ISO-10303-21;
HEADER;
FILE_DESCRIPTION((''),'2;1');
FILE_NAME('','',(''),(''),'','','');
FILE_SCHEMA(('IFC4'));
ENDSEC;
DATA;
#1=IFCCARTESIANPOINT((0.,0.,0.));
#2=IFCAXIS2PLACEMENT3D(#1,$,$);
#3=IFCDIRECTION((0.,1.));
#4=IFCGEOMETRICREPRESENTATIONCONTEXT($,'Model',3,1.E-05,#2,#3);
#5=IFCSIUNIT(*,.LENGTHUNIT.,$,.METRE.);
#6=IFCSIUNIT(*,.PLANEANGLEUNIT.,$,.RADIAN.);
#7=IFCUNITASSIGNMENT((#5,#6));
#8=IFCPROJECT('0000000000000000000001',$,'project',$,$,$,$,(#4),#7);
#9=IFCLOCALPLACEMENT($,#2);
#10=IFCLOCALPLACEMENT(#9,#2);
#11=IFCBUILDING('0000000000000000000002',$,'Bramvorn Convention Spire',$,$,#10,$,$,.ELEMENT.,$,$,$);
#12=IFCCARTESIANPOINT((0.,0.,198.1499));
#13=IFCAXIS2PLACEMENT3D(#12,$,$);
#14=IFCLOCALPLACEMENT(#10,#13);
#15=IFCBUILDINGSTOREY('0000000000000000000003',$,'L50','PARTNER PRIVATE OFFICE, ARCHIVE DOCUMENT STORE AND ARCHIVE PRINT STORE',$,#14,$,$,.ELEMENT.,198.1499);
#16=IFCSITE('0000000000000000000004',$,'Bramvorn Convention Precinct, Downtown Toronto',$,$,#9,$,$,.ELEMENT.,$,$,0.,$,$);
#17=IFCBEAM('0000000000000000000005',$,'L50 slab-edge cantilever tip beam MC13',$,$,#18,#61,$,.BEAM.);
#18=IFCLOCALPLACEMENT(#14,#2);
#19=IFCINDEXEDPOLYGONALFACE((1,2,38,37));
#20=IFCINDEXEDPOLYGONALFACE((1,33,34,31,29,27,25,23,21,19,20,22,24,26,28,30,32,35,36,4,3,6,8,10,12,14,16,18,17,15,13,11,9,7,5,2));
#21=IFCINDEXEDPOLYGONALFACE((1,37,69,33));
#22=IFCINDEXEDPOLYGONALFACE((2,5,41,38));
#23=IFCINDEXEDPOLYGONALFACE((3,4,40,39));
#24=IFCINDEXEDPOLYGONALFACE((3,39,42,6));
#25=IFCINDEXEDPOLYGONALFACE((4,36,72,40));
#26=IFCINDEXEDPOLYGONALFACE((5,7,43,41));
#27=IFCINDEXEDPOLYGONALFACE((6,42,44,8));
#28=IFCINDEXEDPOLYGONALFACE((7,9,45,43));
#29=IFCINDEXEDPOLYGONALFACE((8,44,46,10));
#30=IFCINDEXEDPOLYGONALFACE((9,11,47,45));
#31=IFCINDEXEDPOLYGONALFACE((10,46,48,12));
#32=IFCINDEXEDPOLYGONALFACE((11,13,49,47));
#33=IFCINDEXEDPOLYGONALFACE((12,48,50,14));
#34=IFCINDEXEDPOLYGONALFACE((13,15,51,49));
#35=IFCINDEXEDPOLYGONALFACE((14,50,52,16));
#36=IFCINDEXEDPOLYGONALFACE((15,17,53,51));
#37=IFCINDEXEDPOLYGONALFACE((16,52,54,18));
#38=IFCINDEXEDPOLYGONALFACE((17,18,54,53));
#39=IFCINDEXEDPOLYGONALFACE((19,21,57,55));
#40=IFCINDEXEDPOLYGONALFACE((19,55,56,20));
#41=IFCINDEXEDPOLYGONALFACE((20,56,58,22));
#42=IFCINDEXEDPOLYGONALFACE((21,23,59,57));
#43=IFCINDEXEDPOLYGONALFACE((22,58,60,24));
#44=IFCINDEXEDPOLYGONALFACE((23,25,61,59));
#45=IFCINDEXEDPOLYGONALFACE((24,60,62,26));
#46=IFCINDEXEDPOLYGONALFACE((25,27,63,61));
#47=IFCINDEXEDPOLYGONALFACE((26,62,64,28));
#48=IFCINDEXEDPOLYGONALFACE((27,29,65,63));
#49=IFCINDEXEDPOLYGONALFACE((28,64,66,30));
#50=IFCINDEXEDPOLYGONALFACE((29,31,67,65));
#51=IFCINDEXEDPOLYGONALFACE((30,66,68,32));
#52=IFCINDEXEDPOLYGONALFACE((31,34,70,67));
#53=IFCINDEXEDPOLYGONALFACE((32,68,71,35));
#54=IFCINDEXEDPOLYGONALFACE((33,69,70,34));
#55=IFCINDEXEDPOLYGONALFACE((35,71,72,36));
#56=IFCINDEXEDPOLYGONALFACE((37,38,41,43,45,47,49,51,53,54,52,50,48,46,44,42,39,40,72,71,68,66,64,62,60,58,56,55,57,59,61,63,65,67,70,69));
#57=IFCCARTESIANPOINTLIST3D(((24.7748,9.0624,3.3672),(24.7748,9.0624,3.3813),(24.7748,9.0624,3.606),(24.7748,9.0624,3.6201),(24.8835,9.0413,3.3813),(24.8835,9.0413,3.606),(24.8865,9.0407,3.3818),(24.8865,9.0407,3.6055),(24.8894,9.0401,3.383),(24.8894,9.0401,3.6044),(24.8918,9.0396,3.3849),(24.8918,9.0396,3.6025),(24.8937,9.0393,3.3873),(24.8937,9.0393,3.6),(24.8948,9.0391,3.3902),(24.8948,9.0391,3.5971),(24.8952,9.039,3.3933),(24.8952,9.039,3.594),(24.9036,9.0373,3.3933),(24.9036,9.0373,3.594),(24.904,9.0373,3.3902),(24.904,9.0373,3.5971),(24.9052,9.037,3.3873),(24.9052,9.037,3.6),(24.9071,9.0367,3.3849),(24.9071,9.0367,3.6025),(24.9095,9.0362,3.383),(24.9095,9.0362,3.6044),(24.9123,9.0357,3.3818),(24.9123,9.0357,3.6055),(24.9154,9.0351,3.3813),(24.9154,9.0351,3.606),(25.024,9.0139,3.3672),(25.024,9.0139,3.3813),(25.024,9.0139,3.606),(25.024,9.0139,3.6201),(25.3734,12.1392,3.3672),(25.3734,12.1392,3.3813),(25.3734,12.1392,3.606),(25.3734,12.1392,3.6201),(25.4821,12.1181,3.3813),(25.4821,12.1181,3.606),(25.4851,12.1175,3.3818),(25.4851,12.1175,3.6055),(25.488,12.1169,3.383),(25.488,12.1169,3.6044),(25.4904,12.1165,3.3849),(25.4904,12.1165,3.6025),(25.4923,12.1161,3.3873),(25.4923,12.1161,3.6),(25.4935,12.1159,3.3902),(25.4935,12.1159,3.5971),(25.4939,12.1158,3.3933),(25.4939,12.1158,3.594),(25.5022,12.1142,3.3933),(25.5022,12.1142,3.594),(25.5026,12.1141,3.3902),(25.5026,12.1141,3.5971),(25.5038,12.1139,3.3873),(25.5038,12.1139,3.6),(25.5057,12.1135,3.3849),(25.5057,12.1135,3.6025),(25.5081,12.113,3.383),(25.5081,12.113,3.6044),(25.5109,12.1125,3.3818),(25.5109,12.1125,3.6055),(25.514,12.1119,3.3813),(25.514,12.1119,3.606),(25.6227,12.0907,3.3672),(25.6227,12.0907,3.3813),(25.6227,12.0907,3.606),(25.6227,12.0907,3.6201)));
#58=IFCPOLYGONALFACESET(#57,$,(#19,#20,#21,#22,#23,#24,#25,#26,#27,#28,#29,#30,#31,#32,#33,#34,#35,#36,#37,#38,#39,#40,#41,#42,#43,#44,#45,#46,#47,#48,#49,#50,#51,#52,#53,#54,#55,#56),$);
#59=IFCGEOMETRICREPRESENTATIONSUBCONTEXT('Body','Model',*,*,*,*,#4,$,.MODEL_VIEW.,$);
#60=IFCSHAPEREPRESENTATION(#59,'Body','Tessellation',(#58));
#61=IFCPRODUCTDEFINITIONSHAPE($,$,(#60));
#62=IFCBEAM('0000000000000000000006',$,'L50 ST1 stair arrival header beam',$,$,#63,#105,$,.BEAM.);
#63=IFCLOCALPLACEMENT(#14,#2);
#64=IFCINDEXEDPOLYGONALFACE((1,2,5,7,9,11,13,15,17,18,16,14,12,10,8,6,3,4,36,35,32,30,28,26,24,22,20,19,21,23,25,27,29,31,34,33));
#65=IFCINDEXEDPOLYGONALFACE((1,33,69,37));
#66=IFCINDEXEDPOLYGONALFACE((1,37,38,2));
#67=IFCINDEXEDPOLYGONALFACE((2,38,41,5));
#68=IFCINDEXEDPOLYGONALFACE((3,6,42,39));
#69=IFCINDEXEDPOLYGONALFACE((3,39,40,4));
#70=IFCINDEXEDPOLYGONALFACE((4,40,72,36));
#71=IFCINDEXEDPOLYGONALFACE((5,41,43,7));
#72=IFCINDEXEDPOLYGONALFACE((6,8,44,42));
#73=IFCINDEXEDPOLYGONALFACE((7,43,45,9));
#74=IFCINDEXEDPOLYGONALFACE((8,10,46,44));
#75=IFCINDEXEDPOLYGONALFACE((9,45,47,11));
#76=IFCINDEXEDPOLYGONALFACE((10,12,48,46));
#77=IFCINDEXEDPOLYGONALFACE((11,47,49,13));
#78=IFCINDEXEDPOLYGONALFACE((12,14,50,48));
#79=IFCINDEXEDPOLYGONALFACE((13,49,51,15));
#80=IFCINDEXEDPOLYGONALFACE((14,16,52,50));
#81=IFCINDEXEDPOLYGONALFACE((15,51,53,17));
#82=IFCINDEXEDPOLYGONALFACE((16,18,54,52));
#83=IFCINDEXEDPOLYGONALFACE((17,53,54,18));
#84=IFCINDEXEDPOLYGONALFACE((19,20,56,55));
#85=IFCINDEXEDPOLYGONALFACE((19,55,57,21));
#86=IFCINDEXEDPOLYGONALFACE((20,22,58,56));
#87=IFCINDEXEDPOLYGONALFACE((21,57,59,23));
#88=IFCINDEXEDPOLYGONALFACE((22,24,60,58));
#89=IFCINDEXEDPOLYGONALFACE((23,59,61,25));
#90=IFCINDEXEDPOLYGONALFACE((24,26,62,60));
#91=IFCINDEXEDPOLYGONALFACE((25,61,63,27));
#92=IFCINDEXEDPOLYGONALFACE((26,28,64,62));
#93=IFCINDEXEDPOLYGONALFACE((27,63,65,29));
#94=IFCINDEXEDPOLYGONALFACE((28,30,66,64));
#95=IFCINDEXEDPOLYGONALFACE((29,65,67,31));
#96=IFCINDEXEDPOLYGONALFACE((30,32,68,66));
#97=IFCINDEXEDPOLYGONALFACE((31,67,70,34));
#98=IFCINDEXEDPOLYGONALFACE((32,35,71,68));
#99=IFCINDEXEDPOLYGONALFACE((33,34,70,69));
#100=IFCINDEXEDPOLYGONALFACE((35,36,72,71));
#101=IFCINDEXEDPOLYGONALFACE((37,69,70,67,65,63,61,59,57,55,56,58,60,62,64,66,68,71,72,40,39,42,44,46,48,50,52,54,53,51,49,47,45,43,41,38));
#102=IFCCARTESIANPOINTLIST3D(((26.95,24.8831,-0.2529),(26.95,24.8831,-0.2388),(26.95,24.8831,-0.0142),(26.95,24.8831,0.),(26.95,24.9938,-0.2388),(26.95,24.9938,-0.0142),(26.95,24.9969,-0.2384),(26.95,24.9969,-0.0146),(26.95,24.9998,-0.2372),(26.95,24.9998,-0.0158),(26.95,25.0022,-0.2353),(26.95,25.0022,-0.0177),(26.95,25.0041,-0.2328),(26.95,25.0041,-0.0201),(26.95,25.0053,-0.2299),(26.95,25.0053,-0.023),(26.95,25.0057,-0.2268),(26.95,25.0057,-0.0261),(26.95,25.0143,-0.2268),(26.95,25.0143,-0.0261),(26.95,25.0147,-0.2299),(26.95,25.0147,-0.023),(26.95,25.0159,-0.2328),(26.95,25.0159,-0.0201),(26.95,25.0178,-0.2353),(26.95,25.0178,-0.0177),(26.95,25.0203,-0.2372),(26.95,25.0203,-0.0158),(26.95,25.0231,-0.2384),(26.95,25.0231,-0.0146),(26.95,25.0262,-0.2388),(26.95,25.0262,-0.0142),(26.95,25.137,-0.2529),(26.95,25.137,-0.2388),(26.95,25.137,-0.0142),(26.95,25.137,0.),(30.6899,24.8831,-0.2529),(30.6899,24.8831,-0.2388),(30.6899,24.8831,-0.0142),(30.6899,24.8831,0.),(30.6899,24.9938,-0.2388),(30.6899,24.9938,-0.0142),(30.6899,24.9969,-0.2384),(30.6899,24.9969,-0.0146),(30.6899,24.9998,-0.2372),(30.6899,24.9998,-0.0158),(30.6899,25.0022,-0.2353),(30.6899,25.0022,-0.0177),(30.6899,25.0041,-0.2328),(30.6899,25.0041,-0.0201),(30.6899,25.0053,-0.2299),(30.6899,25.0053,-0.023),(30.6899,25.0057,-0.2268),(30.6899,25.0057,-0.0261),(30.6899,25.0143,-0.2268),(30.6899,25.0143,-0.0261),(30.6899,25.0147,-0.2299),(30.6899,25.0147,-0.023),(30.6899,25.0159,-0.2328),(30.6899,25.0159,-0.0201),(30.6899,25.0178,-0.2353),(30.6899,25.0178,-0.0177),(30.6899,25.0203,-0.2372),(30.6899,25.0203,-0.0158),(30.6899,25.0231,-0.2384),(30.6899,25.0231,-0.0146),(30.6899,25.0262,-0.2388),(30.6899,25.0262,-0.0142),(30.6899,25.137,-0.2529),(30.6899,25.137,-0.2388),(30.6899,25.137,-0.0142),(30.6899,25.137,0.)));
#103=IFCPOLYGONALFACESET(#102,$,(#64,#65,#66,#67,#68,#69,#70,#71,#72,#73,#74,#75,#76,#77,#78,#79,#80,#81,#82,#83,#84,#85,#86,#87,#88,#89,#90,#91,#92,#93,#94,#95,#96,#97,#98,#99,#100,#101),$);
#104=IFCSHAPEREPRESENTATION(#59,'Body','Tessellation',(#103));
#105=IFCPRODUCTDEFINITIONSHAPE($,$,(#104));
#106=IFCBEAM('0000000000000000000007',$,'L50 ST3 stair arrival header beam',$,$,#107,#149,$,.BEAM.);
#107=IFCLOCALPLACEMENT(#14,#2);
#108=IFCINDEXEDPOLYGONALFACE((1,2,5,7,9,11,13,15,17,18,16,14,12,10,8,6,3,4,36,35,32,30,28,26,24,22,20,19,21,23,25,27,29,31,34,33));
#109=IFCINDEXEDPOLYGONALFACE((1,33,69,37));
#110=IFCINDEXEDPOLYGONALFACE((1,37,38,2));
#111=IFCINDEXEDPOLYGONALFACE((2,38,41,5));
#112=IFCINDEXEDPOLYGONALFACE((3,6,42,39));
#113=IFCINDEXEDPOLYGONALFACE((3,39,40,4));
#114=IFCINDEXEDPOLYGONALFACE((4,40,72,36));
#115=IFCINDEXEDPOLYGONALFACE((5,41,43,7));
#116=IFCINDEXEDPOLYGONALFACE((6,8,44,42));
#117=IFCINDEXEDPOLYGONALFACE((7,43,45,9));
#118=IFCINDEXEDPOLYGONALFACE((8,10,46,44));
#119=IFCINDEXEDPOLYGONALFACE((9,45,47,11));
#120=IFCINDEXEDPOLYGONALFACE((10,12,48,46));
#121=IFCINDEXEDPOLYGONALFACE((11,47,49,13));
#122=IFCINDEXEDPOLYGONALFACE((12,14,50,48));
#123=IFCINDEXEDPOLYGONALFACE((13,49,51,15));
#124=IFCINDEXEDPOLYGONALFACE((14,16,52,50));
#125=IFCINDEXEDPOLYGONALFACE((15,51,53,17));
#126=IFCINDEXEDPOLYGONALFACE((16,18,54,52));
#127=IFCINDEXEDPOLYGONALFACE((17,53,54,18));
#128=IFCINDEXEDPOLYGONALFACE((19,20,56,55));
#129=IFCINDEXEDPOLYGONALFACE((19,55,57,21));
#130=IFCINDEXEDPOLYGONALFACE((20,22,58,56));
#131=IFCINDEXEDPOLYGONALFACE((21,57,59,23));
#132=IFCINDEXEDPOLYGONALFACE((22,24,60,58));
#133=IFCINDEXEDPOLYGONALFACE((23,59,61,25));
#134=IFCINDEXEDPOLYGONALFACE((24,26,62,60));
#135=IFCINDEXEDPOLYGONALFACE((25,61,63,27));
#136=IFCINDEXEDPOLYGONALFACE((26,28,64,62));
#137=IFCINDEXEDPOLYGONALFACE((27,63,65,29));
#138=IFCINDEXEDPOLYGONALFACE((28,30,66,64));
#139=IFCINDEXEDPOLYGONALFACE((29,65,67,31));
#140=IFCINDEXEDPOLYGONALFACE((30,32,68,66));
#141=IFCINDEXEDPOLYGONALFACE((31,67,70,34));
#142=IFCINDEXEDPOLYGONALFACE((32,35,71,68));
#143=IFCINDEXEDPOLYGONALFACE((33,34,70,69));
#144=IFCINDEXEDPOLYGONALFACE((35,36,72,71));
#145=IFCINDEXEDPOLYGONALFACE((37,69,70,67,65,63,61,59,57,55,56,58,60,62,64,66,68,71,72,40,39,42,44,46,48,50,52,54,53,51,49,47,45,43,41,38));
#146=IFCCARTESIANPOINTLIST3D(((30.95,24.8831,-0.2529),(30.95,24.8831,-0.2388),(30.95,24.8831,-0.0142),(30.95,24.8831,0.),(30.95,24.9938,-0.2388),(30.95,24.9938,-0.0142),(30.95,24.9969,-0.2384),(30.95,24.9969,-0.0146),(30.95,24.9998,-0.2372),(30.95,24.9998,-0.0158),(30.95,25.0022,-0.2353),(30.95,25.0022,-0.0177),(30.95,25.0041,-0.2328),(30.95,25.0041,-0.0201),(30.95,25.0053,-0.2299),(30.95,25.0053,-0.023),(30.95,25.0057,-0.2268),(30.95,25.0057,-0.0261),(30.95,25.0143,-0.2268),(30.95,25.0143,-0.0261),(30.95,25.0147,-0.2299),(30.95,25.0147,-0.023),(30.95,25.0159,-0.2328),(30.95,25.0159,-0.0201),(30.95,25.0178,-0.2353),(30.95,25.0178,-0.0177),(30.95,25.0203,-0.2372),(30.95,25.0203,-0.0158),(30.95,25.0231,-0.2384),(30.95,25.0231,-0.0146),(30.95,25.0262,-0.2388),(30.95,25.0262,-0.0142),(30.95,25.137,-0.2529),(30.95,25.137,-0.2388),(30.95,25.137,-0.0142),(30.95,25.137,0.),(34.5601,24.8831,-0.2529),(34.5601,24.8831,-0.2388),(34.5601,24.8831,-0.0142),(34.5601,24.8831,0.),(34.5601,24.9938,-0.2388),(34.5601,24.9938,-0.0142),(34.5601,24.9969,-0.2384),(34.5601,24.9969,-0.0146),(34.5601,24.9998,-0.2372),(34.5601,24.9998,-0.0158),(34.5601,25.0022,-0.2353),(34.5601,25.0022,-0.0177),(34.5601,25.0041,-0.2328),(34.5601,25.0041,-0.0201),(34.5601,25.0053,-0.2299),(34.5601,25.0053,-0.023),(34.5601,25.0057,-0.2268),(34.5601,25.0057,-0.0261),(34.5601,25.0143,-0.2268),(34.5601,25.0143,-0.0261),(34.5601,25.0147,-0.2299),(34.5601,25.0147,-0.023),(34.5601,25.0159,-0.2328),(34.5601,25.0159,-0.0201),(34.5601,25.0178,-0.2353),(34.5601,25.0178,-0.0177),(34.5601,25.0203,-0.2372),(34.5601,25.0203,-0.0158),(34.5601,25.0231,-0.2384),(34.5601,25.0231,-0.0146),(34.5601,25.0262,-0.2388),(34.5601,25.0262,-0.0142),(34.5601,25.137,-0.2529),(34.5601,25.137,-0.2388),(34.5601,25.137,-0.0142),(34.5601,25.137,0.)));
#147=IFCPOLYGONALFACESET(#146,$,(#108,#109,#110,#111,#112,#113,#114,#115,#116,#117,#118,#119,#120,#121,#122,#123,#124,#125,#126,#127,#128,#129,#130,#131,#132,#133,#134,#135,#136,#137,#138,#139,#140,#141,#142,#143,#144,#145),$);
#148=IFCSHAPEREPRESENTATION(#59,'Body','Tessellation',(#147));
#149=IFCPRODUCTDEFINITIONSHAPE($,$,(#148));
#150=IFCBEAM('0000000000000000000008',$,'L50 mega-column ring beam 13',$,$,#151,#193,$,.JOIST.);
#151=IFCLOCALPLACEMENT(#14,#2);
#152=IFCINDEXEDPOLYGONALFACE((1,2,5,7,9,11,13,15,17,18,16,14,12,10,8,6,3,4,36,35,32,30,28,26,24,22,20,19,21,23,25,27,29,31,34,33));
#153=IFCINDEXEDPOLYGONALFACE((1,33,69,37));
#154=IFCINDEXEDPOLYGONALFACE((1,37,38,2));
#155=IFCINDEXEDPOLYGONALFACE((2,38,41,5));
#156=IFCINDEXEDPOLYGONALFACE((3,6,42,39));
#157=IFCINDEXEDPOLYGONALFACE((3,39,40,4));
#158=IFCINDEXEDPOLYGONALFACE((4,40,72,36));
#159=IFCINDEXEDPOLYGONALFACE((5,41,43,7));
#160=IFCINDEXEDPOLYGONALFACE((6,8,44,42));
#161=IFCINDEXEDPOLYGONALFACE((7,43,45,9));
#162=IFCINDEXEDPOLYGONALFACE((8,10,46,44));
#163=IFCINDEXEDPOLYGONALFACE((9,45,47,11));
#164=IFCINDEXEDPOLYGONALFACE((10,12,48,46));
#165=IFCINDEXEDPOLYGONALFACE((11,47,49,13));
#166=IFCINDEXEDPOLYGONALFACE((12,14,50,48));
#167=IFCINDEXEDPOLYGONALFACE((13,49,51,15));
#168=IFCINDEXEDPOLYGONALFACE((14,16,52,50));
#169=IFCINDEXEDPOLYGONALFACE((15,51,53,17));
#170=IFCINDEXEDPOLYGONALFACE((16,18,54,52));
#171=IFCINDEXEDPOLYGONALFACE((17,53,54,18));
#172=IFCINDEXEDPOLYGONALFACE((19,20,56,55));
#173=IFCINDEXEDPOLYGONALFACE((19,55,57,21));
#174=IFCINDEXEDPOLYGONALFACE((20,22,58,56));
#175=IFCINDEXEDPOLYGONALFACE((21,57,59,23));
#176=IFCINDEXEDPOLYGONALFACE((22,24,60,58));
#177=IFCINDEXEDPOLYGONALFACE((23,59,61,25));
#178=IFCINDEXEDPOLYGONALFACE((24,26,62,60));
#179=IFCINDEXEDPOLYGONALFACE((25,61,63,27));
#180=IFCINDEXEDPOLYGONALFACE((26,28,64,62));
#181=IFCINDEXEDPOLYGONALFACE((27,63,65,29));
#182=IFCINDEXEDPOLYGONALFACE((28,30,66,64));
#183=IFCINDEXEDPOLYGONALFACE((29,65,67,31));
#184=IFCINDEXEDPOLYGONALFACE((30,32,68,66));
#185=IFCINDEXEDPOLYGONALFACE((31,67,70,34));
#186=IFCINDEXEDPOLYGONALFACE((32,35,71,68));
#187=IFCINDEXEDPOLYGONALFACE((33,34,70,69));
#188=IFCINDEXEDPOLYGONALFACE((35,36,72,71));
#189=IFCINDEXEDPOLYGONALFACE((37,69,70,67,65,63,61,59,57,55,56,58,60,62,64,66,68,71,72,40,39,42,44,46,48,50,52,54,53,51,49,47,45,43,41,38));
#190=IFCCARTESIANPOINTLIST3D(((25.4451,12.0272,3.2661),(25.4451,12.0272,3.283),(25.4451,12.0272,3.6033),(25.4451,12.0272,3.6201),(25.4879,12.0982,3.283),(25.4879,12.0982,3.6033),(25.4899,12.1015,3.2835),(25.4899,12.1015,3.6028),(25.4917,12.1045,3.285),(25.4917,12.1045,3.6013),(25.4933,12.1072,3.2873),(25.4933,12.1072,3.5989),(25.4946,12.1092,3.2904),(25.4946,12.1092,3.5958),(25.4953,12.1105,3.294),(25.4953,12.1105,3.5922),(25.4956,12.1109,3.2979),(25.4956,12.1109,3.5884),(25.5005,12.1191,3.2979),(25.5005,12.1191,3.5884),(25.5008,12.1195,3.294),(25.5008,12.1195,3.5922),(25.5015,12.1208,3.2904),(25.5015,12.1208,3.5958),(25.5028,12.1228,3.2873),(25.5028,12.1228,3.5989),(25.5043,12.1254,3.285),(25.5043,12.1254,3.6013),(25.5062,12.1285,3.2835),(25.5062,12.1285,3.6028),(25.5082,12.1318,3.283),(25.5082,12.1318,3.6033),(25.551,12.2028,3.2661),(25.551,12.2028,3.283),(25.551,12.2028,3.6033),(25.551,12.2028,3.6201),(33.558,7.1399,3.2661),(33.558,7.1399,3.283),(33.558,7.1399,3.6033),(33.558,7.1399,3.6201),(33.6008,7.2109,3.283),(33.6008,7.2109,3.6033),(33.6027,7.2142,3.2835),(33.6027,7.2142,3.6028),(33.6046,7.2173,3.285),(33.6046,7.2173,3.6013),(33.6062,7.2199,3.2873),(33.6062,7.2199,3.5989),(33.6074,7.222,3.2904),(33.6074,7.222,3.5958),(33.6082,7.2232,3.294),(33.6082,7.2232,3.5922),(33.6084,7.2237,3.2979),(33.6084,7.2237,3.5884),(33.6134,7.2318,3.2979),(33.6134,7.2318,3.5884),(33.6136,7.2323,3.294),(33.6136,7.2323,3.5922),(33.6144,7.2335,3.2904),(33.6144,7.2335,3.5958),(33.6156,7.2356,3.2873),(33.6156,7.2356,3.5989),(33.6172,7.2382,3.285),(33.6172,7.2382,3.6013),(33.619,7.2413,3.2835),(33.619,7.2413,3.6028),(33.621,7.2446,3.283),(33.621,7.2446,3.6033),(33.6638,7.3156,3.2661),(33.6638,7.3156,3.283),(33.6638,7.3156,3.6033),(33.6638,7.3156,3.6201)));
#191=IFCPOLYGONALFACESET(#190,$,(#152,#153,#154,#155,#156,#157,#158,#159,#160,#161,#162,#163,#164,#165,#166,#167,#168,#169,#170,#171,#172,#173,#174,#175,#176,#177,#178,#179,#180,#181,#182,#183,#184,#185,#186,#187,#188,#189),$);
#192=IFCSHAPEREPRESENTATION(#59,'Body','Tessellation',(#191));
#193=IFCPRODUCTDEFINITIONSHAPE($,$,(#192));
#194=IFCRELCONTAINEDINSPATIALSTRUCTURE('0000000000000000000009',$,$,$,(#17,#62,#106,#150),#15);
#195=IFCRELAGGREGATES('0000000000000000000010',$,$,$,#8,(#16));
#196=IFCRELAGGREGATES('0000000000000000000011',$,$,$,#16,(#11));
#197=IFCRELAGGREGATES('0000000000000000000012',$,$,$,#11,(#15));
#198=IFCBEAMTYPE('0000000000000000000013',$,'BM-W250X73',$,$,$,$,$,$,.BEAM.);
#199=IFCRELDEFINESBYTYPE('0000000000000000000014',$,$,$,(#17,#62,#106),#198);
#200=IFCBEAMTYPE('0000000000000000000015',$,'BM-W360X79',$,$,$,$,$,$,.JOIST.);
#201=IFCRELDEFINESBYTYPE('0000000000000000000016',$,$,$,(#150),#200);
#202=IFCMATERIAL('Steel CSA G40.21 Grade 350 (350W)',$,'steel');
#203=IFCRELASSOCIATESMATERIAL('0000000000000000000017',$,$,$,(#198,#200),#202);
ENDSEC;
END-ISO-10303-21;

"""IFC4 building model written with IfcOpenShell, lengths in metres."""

from ifc_helpers import new_model, si_unit, direction, frame, origin, origin_2d, place, context, subcontext, project, spatial, i_section, extrude, material, material_profile, profile_set, type_object, element, save


model = new_model("IFC4")

# Units and contexts
model_context = context("Model", 3, precision=1e-05, world=origin(), true_north=direction((0.0, 1.0)))
body_context = subcontext(model_context, "Body", "Model", "MODEL_VIEW")
ifc_project = project(units=[si_unit("LENGTHUNIT", "METRE"), si_unit("PLANEANGLEUNIT", "RADIAN")], contexts=[model_context])

# Site, building, storey
site_placement = place(None, origin())
site = spatial("IfcSite", under=ifc_project, at=site_placement, Name="Bramvorn Convention Precinct, Downtown Toronto", CompositionType="ELEMENT", RefElevation=0.0)
building_placement = place(site_placement, origin())
building = spatial("IfcBuilding", under=site, at=building_placement, Name="Bramvorn Convention Spire", CompositionType="ELEMENT")
storey_placement = place(building_placement, frame((0.0, 0.0, 198.1499)))
storey = spatial("IfcBuildingStorey", under=building, at=storey_placement, Name="L50", Description="PARTNER PRIVATE OFFICE, ARCHIVE DOCUMENT STORE AND ARCHIVE PRINT STORE", CompositionType="ELEMENT", Elevation=198.1499)

# Shared definitions
ifc_material_1 = material(Name="Steel CSA G40.21 Grade 350 (350W)", Category="steel")

# Beams
ifc_material_profile_1 = material_profile(ifc_material_1, i_section(OverallWidth=0.2539, OverallDepth=0.2529, WebThickness=0.0085, FlangeThickness=0.0142, FilletRadius=0.012, at=origin_2d()))
ifc_profile_set_1 = profile_set([ifc_material_profile_1], Name="Steel CSA G40.21 Grade 350 (350W) - W250X73")
beam_type_1 = type_object("IfcBeamType", Name="BM-W250X73", PredefinedType="BEAM", material=ifc_profile_set_1)
beam_1_placement = place(storey_placement, frame((25.498, 12.115, 3.4937), z_axis=(-0.190976, -0.981595, 0.0), x_axis=(0.981595, -0.190976, 0.0)))
element("IfcBeam", 1, at=beam_1_placement, inside=storey, type_object=beam_type_1, Name="L50 slab-edge cantilever tip beam MC13", PredefinedType="BEAM", context=body_context, shape_type="SweptSolid", body=[
    extrude(i_section(OverallWidth=0.2539, OverallDepth=0.2529, WebThickness=0.0085, FlangeThickness=0.0142, FilletRadius=0.012, at=origin_2d()), origin(), (0.0, 0.0, 1.0), 3.1345),
])
beam_2_placement = place(storey_placement, frame((26.95, 25.01, -0.1265), z_axis=(1.0, 0.0, 0.0), x_axis=(0.0, 1.0, 0.0)))
element("IfcBeam", 2, at=beam_2_placement, inside=storey, type_object=beam_type_1, Name="L50 ST1 stair arrival header beam", PredefinedType="BEAM", context=body_context, shape_type="SweptSolid", body=[
    extrude(i_section(OverallWidth=0.2539, OverallDepth=0.2529, WebThickness=0.0085, FlangeThickness=0.0142, FilletRadius=0.012, at=origin_2d()), origin(), (0.0, 0.0, 1.0), 3.74),
])
beam_3_placement = place(storey_placement, frame((30.95, 25.01, -0.1265), z_axis=(1.0, 0.0, 0.0), x_axis=(0.0, 1.0, 0.0)))
element("IfcBeam", 3, at=beam_3_placement, inside=storey, type_object=beam_type_1, Name="L50 ST3 stair arrival header beam", PredefinedType="BEAM", context=body_context, shape_type="SweptSolid", body=[
    extrude(i_section(OverallWidth=0.2539, OverallDepth=0.2529, WebThickness=0.0085, FlangeThickness=0.0142, FilletRadius=0.012, at=origin_2d()), origin(), (0.0, 0.0, 1.0), 3.6101),
])
ifc_material_profile_2 = material_profile(ifc_material_1, i_section(OverallWidth=0.2051, OverallDepth=0.354, WebThickness=0.0095, FlangeThickness=0.0168, FilletRadius=0.0149, at=origin_2d()))
ifc_profile_set_2 = profile_set([ifc_material_profile_2], Name="Steel CSA G40.21 Grade 350 (350W) - W360X79")
beam_type_2 = type_object("IfcBeamType", Name="BM-W360X79", PredefinedType="JOIST", material=ifc_profile_set_2)
beam_4_placement = place(storey_placement, frame((25.498, 12.115, 3.4431), z_axis=(0.856582, -0.516011, 0.0), x_axis=(0.516011, 0.856582, 0.0)))
element("IfcBeam", 4, at=beam_4_placement, inside=storey, type_object=beam_type_2, Name="L50 mega-column ring beam 13", PredefinedType="JOIST", context=body_context, shape_type="SweptSolid", body=[
    extrude(i_section(OverallWidth=0.2051, OverallDepth=0.354, WebThickness=0.0095, FlangeThickness=0.0168, FilletRadius=0.0149, at=origin_2d()), origin(), (0.0, 0.0, 1.0), 9.4712),
])

save(model, "model.ifc")
